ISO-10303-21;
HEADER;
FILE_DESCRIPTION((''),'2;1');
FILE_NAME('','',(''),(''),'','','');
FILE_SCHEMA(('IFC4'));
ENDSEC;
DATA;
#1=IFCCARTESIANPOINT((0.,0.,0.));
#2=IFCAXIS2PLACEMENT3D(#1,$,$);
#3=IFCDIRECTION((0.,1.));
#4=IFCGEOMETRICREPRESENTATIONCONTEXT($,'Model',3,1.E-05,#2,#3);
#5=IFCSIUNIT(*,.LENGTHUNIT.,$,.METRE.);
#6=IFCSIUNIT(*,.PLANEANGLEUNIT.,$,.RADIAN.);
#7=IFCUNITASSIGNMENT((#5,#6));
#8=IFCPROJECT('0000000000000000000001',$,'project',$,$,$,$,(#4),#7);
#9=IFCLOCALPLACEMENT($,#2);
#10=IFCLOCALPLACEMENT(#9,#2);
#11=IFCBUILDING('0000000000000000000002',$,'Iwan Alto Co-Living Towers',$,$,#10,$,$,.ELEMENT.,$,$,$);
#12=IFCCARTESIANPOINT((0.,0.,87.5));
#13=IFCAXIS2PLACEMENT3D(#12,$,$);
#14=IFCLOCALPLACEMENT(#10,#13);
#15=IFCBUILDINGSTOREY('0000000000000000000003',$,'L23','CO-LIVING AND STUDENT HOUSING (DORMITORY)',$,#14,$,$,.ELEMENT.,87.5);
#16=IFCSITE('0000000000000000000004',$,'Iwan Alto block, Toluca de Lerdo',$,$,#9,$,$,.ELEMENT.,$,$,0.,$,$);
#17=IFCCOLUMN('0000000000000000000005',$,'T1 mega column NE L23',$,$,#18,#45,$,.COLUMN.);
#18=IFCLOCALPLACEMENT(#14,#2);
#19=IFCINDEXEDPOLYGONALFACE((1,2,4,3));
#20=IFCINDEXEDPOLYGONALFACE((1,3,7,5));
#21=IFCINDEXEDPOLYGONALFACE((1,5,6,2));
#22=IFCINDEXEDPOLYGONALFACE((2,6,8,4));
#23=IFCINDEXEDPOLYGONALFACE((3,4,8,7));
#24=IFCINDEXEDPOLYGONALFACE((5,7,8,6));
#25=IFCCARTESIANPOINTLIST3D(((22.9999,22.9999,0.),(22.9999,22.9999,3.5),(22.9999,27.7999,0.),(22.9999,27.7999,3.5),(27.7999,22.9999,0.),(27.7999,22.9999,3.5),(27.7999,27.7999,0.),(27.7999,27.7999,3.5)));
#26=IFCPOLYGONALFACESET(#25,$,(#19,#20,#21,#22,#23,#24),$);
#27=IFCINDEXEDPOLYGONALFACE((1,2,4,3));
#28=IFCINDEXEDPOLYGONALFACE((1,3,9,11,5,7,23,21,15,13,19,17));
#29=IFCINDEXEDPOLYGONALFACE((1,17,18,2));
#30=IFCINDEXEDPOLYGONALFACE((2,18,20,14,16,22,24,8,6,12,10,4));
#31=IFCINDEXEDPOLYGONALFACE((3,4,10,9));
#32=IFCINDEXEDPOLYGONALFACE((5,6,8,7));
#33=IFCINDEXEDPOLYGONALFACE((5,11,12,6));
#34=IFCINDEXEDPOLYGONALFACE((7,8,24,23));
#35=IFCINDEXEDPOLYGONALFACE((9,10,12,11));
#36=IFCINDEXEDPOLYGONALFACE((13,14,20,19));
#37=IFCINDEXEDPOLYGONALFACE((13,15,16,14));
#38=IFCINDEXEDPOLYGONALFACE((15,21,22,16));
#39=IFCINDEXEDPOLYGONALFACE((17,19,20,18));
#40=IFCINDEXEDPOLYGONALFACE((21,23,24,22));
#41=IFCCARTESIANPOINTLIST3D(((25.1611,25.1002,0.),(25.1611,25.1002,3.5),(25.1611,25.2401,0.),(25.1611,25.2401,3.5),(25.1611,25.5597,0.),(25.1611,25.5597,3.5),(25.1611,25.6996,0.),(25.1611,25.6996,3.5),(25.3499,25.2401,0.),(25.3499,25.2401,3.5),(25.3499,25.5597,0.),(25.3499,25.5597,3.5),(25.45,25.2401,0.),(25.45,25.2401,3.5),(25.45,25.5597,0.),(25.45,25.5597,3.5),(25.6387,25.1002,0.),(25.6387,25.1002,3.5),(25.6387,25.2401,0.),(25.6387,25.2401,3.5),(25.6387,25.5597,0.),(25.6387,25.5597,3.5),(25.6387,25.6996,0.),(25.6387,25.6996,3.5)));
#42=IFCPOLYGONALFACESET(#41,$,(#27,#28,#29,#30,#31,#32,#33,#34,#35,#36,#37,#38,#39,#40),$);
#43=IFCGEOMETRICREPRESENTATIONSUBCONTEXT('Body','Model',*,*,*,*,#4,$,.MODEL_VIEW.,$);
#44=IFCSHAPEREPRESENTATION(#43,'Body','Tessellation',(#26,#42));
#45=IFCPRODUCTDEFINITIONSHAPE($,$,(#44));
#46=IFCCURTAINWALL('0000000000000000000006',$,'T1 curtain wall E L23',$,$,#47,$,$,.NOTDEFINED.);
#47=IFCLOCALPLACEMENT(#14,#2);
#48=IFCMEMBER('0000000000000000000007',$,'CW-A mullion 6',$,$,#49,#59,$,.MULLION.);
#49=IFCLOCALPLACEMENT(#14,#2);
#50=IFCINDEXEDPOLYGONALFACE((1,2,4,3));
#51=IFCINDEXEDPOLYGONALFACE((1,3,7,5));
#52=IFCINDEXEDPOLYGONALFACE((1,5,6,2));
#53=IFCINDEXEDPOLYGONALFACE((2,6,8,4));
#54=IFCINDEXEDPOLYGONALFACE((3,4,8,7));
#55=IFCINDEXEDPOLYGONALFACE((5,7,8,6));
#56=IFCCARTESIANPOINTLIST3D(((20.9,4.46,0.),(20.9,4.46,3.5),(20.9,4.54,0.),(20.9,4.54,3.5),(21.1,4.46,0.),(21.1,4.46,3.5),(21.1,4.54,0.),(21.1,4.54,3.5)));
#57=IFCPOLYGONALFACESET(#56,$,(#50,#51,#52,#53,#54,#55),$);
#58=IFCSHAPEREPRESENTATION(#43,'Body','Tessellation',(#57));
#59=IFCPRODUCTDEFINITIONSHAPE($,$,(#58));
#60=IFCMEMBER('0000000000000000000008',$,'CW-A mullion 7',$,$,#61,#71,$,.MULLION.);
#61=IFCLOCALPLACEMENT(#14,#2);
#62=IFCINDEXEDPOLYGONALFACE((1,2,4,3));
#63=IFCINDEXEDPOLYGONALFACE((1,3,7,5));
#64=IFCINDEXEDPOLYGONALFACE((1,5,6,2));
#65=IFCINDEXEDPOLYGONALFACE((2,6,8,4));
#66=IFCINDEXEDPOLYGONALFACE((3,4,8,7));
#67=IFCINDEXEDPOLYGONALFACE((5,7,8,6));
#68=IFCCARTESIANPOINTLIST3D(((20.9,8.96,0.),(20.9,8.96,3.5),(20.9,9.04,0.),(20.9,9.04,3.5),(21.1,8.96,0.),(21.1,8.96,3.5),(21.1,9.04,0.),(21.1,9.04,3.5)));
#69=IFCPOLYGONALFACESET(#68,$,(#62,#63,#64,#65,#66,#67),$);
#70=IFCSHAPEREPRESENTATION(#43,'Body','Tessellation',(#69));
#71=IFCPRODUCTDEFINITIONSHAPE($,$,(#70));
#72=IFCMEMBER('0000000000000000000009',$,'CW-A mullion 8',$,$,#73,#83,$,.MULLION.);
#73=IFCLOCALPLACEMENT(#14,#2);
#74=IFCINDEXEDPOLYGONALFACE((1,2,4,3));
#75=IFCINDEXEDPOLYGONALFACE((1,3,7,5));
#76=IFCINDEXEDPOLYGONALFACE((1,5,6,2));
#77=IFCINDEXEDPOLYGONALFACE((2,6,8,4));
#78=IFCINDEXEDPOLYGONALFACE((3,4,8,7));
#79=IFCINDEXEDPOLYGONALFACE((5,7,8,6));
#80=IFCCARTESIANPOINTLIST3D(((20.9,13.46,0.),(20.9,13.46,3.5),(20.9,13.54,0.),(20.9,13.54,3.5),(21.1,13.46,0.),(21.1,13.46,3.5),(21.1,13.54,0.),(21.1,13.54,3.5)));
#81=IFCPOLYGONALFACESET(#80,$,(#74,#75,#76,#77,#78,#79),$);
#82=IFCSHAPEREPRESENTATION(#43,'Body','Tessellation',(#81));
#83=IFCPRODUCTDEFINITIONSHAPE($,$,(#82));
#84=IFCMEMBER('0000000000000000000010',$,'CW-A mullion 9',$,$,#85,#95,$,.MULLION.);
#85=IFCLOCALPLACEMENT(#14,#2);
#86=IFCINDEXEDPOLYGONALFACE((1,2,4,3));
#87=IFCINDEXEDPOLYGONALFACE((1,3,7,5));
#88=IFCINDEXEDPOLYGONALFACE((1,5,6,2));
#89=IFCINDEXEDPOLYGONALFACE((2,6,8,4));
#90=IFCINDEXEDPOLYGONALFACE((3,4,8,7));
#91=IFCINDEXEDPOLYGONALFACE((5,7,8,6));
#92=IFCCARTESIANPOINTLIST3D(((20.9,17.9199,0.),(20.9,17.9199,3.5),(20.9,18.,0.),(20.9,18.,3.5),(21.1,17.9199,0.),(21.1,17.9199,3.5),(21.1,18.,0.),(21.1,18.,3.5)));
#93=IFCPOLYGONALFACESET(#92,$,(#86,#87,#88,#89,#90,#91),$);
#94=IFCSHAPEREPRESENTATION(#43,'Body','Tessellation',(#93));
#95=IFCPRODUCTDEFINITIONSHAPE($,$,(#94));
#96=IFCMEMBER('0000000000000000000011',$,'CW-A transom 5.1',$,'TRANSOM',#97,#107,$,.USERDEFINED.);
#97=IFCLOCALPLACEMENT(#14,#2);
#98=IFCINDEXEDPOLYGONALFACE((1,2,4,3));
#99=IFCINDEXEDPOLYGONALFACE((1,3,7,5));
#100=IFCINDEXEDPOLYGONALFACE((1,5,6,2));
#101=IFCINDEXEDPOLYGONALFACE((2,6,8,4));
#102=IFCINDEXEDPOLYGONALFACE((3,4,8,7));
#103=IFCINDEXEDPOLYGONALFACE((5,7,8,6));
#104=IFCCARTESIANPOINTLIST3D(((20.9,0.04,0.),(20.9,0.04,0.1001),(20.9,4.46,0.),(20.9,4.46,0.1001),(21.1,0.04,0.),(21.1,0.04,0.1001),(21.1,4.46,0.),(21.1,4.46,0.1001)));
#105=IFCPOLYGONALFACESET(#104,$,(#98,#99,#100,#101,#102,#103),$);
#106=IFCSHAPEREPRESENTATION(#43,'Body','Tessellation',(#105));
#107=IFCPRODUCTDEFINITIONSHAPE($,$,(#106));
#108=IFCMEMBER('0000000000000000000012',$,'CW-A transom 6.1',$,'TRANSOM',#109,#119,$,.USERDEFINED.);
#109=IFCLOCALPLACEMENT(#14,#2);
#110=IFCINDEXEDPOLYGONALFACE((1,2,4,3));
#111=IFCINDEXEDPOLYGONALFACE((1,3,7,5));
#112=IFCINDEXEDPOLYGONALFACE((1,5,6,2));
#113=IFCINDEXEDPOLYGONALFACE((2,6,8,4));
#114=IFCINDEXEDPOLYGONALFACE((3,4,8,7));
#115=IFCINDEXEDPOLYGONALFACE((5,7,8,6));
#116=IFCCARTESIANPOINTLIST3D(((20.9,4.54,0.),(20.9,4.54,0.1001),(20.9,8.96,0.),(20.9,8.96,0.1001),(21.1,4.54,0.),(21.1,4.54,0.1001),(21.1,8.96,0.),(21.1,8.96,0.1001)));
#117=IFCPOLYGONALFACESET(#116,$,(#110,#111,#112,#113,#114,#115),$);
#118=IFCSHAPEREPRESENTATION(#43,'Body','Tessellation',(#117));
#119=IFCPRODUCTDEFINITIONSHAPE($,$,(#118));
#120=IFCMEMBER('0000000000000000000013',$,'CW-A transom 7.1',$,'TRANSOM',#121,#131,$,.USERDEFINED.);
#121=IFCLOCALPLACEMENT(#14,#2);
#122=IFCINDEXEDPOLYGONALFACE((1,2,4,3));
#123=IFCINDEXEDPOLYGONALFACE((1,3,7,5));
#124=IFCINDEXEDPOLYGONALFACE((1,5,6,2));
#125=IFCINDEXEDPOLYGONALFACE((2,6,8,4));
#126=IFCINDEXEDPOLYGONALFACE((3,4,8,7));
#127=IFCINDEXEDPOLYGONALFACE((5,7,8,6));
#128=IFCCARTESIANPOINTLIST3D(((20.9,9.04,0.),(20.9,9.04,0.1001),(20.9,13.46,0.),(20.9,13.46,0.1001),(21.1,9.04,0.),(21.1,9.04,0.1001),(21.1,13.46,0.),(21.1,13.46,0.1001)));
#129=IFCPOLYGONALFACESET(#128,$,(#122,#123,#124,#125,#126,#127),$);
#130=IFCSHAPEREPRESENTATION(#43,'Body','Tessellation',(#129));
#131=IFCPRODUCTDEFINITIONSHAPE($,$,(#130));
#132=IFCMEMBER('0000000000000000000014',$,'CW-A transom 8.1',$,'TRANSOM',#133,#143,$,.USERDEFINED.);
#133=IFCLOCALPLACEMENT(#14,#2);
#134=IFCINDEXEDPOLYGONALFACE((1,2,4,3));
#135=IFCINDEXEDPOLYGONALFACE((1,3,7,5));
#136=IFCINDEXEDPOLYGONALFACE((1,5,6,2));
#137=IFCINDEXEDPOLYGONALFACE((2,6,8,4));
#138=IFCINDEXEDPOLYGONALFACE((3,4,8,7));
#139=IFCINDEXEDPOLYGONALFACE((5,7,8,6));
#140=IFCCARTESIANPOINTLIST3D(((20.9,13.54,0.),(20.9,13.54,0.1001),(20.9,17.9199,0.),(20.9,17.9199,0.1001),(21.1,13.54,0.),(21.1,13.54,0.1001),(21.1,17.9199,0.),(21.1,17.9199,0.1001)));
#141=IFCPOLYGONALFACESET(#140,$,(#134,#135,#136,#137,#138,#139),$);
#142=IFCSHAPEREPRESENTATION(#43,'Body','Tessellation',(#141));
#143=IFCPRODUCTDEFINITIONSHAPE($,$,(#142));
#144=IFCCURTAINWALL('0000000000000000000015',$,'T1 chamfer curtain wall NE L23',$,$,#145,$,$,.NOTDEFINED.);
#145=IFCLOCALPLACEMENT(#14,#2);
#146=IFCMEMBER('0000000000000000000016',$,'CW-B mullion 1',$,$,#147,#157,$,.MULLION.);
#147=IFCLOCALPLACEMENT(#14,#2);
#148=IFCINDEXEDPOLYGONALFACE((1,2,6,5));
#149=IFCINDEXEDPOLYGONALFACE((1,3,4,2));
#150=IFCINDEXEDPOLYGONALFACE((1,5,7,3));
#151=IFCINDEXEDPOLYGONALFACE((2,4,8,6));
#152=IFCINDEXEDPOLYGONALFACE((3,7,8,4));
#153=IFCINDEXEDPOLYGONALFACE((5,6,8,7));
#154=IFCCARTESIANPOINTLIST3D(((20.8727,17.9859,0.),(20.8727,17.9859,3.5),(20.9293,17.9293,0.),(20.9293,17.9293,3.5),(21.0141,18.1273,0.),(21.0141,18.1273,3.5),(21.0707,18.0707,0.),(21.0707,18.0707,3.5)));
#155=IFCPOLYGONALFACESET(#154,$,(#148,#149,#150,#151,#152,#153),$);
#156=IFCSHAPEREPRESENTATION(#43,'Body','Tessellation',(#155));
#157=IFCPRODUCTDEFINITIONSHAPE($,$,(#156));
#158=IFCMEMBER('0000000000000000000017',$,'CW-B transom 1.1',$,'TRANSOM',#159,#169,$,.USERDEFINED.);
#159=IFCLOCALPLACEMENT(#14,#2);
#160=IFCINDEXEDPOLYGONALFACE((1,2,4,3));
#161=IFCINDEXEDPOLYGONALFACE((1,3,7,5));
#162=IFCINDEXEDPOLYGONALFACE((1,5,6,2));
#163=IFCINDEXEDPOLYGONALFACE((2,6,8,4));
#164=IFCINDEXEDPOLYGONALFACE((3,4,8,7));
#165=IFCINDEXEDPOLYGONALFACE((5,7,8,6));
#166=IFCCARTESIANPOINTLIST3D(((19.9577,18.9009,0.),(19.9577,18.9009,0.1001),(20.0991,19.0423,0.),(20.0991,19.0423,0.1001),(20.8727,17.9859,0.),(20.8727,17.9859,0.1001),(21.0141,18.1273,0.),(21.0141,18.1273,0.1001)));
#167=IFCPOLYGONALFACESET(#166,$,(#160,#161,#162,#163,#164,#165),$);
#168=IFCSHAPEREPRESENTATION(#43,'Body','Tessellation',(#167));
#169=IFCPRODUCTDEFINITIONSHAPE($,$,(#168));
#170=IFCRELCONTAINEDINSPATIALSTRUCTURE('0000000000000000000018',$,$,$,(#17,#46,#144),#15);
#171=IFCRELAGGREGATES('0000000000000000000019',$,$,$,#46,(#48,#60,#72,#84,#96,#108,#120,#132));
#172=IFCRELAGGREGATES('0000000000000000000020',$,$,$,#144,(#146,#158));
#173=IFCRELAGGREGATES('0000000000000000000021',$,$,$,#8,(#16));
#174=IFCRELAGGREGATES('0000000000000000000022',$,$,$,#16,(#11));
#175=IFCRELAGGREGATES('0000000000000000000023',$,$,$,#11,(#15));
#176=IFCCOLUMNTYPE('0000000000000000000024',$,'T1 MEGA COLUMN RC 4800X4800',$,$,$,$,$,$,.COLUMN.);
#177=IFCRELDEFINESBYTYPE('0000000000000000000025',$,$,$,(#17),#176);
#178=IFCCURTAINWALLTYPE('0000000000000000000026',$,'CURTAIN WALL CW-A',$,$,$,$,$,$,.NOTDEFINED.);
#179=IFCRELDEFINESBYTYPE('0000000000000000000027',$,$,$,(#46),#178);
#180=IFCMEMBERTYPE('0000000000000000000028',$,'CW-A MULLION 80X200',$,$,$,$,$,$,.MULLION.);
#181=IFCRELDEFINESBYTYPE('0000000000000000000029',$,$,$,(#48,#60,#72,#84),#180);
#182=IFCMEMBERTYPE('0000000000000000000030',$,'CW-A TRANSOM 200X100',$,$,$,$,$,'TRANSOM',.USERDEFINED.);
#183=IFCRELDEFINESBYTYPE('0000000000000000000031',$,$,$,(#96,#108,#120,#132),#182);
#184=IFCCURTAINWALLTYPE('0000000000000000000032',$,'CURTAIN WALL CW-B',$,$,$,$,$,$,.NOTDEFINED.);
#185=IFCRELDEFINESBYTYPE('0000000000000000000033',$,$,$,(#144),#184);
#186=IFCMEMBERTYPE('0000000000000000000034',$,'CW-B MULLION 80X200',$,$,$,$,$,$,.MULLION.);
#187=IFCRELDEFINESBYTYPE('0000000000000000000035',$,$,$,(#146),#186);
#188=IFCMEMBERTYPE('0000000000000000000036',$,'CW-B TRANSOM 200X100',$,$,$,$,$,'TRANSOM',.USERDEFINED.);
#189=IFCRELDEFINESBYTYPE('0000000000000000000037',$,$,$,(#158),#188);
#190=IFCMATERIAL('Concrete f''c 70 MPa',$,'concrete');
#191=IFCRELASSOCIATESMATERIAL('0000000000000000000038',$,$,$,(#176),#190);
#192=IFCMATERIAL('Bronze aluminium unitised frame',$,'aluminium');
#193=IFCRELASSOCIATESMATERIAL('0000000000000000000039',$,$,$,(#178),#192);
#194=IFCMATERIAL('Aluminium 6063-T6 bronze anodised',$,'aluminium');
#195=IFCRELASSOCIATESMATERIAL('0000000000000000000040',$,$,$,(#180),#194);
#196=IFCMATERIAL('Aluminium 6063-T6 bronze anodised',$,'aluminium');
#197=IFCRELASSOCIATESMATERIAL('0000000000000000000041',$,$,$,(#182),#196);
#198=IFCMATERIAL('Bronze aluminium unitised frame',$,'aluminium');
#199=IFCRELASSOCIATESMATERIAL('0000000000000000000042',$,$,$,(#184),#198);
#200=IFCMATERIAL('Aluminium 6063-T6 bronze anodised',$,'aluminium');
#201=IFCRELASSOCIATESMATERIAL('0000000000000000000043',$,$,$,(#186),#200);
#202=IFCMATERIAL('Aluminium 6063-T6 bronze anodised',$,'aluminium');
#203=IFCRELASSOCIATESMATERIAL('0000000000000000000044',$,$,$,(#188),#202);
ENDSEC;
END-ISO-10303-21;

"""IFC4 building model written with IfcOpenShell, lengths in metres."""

from ifc_helpers import new_model, si_unit, direction, frame, origin, origin_2d, place, context, subcontext, project, spatial, rectangle, i_section, extrude, material, material_profile, profile_set, type_object, element, aggregate, save


model = new_model("IFC4")

# Units and contexts
model_context = context("Model", 3, precision=1e-05, world=origin(), true_north=direction((0.0, 1.0)))
body_context = subcontext(model_context, "Body", "Model", "MODEL_VIEW")
ifc_project = project(units=[si_unit("LENGTHUNIT", "METRE"), si_unit("PLANEANGLEUNIT", "RADIAN")], contexts=[model_context])

# Site, building, storey
site_placement = place(None, origin())
site = spatial("IfcSite", under=ifc_project, at=site_placement, Name="Iwan Alto block, Toluca de Lerdo", CompositionType="ELEMENT", RefElevation=0.0)
building_placement = place(site_placement, origin())
building = spatial("IfcBuilding", under=site, at=building_placement, Name="Iwan Alto Co-Living Towers", CompositionType="ELEMENT")
storey_placement = place(building_placement, frame((0.0, 0.0, 87.5)))
storey = spatial("IfcBuildingStorey", under=building, at=storey_placement, Name="L23", Description="CO-LIVING AND STUDENT HOUSING (DORMITORY)", CompositionType="ELEMENT", Elevation=87.5)

# Column
ifc_material_1 = material(Name="Concrete f'c 70 MPa", Category="concrete")
ifc_material_profile_1 = material_profile(ifc_material_1, rectangle(XDim=4.8, YDim=4.8, at=origin_2d()), Name="RC 4800X4800")
ifc_profile_set_1 = profile_set([ifc_material_profile_1], Name="Concrete f'c 70 MPa")
column_type = type_object("IfcColumnType", Name="T1 MEGA COLUMN RC 4800X4800", PredefinedType="COLUMN", material=ifc_profile_set_1)
column_placement = place(storey_placement, frame((25.3999, 25.3999, 0.0), z_axis=(0.0, 0.0, 1.0), x_axis=(1.0, 0.0, 0.0)))
element("IfcColumn", 1, at=column_placement, inside=storey, type_object=column_type, Name="T1 mega column NE L23", PredefinedType="COLUMN", context=body_context, shape_type="SweptSolid", body=[
    extrude(rectangle(XDim=4.8, YDim=4.8, at=origin_2d()), origin(), (0.0, 0.0, 1.0), 3.5),
    extrude(i_section(OverallWidth=0.4775, OverallDepth=0.5994, WebThickness=0.1001, FlangeThickness=0.1399, at=origin_2d()), origin(), (0.0, 0.0, 1.0), 3.5),
])

# Curtain walls, members
ifc_material_2 = material(Name="Bronze aluminium unitised frame", Category="aluminium")
curtain_wall_type_1 = type_object("IfcCurtainWallType", Name="CURTAIN WALL CW-A", PredefinedType="NOTDEFINED", material=ifc_material_2)
curtain_wall_1_placement = place(storey_placement, origin())
curtain_wall_1 = element("IfcCurtainWall", 2, at=curtain_wall_1_placement, inside=storey, type_object=curtain_wall_type_1, Name="T1 curtain wall E L23", PredefinedType="NOTDEFINED")
ifc_material_3 = material(Name="Aluminium 6063-T6 bronze anodised", Category="aluminium")
ifc_material_profile_2 = material_profile(ifc_material_3, rectangle(XDim=0.2, YDim=0.0801, at=origin_2d()), Name="AL 80X200")
ifc_profile_set_2 = profile_set([ifc_material_profile_2], Name="Aluminium 6063-T6 bronze anodised")
member_type_1 = type_object("IfcMemberType", Name="CW-A MULLION 80X200", PredefinedType="MULLION", material=ifc_profile_set_2)
member_1_placement = place(storey_placement, frame((21.0, 4.5, 0.0), z_axis=(0.0, 0.0, 1.0), x_axis=(-1.0, 0.0, 0.0)))
member_1 = element("IfcMember", 3, at=member_1_placement, type_object=member_type_1, Name="CW-A mullion 6", PredefinedType="MULLION", context=body_context, shape_type="SweptSolid", body=[
    extrude(rectangle(XDim=0.2, YDim=0.0801, at=origin_2d()), origin(), (0.0, 0.0, 1.0), 3.5),
])
member_2_placement = place(storey_placement, frame((21.0, 9.0, 0.0), z_axis=(0.0, 0.0, 1.0), x_axis=(-1.0, 0.0, 0.0)))
member_2 = element("IfcMember", 4, at=member_2_placement, type_object=member_type_1, Name="CW-A mullion 7", PredefinedType="MULLION", context=body_context, shape_type="SweptSolid", body=[
    extrude(rectangle(XDim=0.2, YDim=0.0801, at=origin_2d()), origin(), (0.0, 0.0, 1.0), 3.5),
])
member_3_placement = place(storey_placement, frame((21.0, 13.5, 0.0), z_axis=(0.0, 0.0, 1.0), x_axis=(-1.0, 0.0, 0.0)))
member_3 = element("IfcMember", 5, at=member_3_placement, type_object=member_type_1, Name="CW-A mullion 8", PredefinedType="MULLION", context=body_context, shape_type="SweptSolid", body=[
    extrude(rectangle(XDim=0.2, YDim=0.0801, at=origin_2d()), origin(), (0.0, 0.0, 1.0), 3.5),
])
member_4_placement = place(storey_placement, frame((21.0, 17.96, 0.0), z_axis=(0.0, 0.0, 1.0), x_axis=(-1.0, 0.0, 0.0)))
member_4 = element("IfcMember", 6, at=member_4_placement, type_object=member_type_1, Name="CW-A mullion 9", PredefinedType="MULLION", context=body_context, shape_type="SweptSolid", body=[
    extrude(rectangle(XDim=0.2, YDim=0.0801, at=origin_2d()), origin(), (0.0, 0.0, 1.0), 3.5),
])
ifc_material_4 = material(Name="Aluminium 6063-T6 bronze anodised", Category="aluminium")
ifc_material_profile_3 = material_profile(ifc_material_4, rectangle(XDim=0.2, YDim=0.1001, at=origin_2d()), Name="AL 200X100")
ifc_profile_set_3 = profile_set([ifc_material_profile_3], Name="Aluminium 6063-T6 bronze anodised")
member_type_2 = type_object("IfcMemberType", Name="CW-A TRANSOM 200X100", ElementType="TRANSOM", PredefinedType="USERDEFINED", material=ifc_profile_set_3)
member_5_placement = place(storey_placement, frame((21.0, 0.04, 0.05), z_axis=(0.0, 1.0, 0.0), x_axis=(-1.0, 0.0, 0.0)))
member_5 = element("IfcMember", 7, at=member_5_placement, type_object=member_type_2, Name="CW-A transom 5.1", ObjectType="TRANSOM", PredefinedType="USERDEFINED", context=body_context, shape_type="SweptSolid", body=[
    extrude(rectangle(XDim=0.2, YDim=0.1001, at=origin_2d()), origin(), (0.0, 0.0, 1.0), 4.4199),
])
member_6_placement = place(storey_placement, frame((21.0, 4.54, 0.05), z_axis=(0.0, 1.0, 0.0), x_axis=(-1.0, 0.0, 0.0)))
member_6 = element("IfcMember", 8, at=member_6_placement, type_object=member_type_2, Name="CW-A transom 6.1", ObjectType="TRANSOM", PredefinedType="USERDEFINED", context=body_context, shape_type="SweptSolid", body=[
    extrude(rectangle(XDim=0.2, YDim=0.1001, at=origin_2d()), origin(), (0.0, 0.0, 1.0), 4.4199),
])
member_7_placement = place(storey_placement, frame((21.0, 9.04, 0.05), z_axis=(0.0, 1.0, 0.0), x_axis=(-1.0, 0.0, 0.0)))
member_7 = element("IfcMember", 9, at=member_7_placement, type_object=member_type_2, Name="CW-A transom 7.1", ObjectType="TRANSOM", PredefinedType="USERDEFINED", context=body_context, shape_type="SweptSolid", body=[
    extrude(rectangle(XDim=0.2, YDim=0.1001, at=origin_2d()), origin(), (0.0, 0.0, 1.0), 4.4199),
])
member_8_placement = place(storey_placement, frame((21.0, 13.54, 0.05), z_axis=(0.0, 1.0, 0.0), x_axis=(-1.0, 0.0, 0.0)))
member_8 = element("IfcMember", 10, at=member_8_placement, type_object=member_type_2, Name="CW-A transom 8.1", ObjectType="TRANSOM", PredefinedType="USERDEFINED", context=body_context, shape_type="SweptSolid", body=[
    extrude(rectangle(XDim=0.2, YDim=0.1001, at=origin_2d()), origin(), (0.0, 0.0, 1.0), 4.3799),
])
ifc_material_5 = material(Name="Bronze aluminium unitised frame", Category="aluminium")
curtain_wall_type_2 = type_object("IfcCurtainWallType", Name="CURTAIN WALL CW-B", PredefinedType="NOTDEFINED", material=ifc_material_5)
curtain_wall_2_placement = place(storey_placement, origin())
curtain_wall_2 = element("IfcCurtainWall", 11, at=curtain_wall_2_placement, inside=storey, type_object=curtain_wall_type_2, Name="T1 chamfer curtain wall NE L23", PredefinedType="NOTDEFINED")
ifc_material_6 = material(Name="Aluminium 6063-T6 bronze anodised", Category="aluminium")
ifc_material_profile_4 = material_profile(ifc_material_6, rectangle(XDim=0.2, YDim=0.0801, at=origin_2d()), Name="AL 80X200")
ifc_profile_set_4 = profile_set([ifc_material_profile_4], Name="Aluminium 6063-T6 bronze anodised")
member_type_3 = type_object("IfcMemberType", Name="CW-B MULLION 80X200", PredefinedType="MULLION", material=ifc_profile_set_4)
member_9_placement = place(storey_placement, frame((20.9717, 18.0283, 0.0), z_axis=(0.0, 0.0, 1.0), x_axis=(-0.707107, -0.707107, 0.0)))
member_9 = element("IfcMember", 12, at=member_9_placement, type_object=member_type_3, Name="CW-B mullion 1", PredefinedType="MULLION", context=body_context, shape_type="SweptSolid", body=[
    extrude(rectangle(XDim=0.2, YDim=0.0801, at=origin_2d()), origin(), (0.0, 0.0, 1.0), 3.5),
])
ifc_material_7 = material(Name="Aluminium 6063-T6 bronze anodised", Category="aluminium")
ifc_material_profile_5 = material_profile(ifc_material_7, rectangle(XDim=0.2, YDim=0.1001, at=origin_2d()), Name="AL 200X100")
ifc_profile_set_5 = profile_set([ifc_material_profile_5], Name="Aluminium 6063-T6 bronze anodised")
member_type_4 = type_object("IfcMemberType", Name="CW-B TRANSOM 200X100", ElementType="TRANSOM", PredefinedType="USERDEFINED", material=ifc_profile_set_5)
member_10_placement = place(storey_placement, frame((20.9434, 18.0566, 0.05), z_axis=(-0.707107, 0.707107, 0.0), x_axis=(-0.707107, -0.707107, 0.0)))
member_10 = element("IfcMember", 13, at=member_10_placement, type_object=member_type_4, Name="CW-B transom 1.1", ObjectType="TRANSOM", PredefinedType="USERDEFINED", context=body_context, shape_type="SweptSolid", body=[
    extrude(rectangle(XDim=0.2, YDim=0.1001, at=origin_2d()), origin(), (0.0, 0.0, 1.0), 1.2939),
])

aggregate(curtain_wall_1, [member_1, member_2, member_3, member_4, member_5, member_6, member_7, member_8])
aggregate(curtain_wall_2, [member_9, member_10])

save(model, "model.ifc")
